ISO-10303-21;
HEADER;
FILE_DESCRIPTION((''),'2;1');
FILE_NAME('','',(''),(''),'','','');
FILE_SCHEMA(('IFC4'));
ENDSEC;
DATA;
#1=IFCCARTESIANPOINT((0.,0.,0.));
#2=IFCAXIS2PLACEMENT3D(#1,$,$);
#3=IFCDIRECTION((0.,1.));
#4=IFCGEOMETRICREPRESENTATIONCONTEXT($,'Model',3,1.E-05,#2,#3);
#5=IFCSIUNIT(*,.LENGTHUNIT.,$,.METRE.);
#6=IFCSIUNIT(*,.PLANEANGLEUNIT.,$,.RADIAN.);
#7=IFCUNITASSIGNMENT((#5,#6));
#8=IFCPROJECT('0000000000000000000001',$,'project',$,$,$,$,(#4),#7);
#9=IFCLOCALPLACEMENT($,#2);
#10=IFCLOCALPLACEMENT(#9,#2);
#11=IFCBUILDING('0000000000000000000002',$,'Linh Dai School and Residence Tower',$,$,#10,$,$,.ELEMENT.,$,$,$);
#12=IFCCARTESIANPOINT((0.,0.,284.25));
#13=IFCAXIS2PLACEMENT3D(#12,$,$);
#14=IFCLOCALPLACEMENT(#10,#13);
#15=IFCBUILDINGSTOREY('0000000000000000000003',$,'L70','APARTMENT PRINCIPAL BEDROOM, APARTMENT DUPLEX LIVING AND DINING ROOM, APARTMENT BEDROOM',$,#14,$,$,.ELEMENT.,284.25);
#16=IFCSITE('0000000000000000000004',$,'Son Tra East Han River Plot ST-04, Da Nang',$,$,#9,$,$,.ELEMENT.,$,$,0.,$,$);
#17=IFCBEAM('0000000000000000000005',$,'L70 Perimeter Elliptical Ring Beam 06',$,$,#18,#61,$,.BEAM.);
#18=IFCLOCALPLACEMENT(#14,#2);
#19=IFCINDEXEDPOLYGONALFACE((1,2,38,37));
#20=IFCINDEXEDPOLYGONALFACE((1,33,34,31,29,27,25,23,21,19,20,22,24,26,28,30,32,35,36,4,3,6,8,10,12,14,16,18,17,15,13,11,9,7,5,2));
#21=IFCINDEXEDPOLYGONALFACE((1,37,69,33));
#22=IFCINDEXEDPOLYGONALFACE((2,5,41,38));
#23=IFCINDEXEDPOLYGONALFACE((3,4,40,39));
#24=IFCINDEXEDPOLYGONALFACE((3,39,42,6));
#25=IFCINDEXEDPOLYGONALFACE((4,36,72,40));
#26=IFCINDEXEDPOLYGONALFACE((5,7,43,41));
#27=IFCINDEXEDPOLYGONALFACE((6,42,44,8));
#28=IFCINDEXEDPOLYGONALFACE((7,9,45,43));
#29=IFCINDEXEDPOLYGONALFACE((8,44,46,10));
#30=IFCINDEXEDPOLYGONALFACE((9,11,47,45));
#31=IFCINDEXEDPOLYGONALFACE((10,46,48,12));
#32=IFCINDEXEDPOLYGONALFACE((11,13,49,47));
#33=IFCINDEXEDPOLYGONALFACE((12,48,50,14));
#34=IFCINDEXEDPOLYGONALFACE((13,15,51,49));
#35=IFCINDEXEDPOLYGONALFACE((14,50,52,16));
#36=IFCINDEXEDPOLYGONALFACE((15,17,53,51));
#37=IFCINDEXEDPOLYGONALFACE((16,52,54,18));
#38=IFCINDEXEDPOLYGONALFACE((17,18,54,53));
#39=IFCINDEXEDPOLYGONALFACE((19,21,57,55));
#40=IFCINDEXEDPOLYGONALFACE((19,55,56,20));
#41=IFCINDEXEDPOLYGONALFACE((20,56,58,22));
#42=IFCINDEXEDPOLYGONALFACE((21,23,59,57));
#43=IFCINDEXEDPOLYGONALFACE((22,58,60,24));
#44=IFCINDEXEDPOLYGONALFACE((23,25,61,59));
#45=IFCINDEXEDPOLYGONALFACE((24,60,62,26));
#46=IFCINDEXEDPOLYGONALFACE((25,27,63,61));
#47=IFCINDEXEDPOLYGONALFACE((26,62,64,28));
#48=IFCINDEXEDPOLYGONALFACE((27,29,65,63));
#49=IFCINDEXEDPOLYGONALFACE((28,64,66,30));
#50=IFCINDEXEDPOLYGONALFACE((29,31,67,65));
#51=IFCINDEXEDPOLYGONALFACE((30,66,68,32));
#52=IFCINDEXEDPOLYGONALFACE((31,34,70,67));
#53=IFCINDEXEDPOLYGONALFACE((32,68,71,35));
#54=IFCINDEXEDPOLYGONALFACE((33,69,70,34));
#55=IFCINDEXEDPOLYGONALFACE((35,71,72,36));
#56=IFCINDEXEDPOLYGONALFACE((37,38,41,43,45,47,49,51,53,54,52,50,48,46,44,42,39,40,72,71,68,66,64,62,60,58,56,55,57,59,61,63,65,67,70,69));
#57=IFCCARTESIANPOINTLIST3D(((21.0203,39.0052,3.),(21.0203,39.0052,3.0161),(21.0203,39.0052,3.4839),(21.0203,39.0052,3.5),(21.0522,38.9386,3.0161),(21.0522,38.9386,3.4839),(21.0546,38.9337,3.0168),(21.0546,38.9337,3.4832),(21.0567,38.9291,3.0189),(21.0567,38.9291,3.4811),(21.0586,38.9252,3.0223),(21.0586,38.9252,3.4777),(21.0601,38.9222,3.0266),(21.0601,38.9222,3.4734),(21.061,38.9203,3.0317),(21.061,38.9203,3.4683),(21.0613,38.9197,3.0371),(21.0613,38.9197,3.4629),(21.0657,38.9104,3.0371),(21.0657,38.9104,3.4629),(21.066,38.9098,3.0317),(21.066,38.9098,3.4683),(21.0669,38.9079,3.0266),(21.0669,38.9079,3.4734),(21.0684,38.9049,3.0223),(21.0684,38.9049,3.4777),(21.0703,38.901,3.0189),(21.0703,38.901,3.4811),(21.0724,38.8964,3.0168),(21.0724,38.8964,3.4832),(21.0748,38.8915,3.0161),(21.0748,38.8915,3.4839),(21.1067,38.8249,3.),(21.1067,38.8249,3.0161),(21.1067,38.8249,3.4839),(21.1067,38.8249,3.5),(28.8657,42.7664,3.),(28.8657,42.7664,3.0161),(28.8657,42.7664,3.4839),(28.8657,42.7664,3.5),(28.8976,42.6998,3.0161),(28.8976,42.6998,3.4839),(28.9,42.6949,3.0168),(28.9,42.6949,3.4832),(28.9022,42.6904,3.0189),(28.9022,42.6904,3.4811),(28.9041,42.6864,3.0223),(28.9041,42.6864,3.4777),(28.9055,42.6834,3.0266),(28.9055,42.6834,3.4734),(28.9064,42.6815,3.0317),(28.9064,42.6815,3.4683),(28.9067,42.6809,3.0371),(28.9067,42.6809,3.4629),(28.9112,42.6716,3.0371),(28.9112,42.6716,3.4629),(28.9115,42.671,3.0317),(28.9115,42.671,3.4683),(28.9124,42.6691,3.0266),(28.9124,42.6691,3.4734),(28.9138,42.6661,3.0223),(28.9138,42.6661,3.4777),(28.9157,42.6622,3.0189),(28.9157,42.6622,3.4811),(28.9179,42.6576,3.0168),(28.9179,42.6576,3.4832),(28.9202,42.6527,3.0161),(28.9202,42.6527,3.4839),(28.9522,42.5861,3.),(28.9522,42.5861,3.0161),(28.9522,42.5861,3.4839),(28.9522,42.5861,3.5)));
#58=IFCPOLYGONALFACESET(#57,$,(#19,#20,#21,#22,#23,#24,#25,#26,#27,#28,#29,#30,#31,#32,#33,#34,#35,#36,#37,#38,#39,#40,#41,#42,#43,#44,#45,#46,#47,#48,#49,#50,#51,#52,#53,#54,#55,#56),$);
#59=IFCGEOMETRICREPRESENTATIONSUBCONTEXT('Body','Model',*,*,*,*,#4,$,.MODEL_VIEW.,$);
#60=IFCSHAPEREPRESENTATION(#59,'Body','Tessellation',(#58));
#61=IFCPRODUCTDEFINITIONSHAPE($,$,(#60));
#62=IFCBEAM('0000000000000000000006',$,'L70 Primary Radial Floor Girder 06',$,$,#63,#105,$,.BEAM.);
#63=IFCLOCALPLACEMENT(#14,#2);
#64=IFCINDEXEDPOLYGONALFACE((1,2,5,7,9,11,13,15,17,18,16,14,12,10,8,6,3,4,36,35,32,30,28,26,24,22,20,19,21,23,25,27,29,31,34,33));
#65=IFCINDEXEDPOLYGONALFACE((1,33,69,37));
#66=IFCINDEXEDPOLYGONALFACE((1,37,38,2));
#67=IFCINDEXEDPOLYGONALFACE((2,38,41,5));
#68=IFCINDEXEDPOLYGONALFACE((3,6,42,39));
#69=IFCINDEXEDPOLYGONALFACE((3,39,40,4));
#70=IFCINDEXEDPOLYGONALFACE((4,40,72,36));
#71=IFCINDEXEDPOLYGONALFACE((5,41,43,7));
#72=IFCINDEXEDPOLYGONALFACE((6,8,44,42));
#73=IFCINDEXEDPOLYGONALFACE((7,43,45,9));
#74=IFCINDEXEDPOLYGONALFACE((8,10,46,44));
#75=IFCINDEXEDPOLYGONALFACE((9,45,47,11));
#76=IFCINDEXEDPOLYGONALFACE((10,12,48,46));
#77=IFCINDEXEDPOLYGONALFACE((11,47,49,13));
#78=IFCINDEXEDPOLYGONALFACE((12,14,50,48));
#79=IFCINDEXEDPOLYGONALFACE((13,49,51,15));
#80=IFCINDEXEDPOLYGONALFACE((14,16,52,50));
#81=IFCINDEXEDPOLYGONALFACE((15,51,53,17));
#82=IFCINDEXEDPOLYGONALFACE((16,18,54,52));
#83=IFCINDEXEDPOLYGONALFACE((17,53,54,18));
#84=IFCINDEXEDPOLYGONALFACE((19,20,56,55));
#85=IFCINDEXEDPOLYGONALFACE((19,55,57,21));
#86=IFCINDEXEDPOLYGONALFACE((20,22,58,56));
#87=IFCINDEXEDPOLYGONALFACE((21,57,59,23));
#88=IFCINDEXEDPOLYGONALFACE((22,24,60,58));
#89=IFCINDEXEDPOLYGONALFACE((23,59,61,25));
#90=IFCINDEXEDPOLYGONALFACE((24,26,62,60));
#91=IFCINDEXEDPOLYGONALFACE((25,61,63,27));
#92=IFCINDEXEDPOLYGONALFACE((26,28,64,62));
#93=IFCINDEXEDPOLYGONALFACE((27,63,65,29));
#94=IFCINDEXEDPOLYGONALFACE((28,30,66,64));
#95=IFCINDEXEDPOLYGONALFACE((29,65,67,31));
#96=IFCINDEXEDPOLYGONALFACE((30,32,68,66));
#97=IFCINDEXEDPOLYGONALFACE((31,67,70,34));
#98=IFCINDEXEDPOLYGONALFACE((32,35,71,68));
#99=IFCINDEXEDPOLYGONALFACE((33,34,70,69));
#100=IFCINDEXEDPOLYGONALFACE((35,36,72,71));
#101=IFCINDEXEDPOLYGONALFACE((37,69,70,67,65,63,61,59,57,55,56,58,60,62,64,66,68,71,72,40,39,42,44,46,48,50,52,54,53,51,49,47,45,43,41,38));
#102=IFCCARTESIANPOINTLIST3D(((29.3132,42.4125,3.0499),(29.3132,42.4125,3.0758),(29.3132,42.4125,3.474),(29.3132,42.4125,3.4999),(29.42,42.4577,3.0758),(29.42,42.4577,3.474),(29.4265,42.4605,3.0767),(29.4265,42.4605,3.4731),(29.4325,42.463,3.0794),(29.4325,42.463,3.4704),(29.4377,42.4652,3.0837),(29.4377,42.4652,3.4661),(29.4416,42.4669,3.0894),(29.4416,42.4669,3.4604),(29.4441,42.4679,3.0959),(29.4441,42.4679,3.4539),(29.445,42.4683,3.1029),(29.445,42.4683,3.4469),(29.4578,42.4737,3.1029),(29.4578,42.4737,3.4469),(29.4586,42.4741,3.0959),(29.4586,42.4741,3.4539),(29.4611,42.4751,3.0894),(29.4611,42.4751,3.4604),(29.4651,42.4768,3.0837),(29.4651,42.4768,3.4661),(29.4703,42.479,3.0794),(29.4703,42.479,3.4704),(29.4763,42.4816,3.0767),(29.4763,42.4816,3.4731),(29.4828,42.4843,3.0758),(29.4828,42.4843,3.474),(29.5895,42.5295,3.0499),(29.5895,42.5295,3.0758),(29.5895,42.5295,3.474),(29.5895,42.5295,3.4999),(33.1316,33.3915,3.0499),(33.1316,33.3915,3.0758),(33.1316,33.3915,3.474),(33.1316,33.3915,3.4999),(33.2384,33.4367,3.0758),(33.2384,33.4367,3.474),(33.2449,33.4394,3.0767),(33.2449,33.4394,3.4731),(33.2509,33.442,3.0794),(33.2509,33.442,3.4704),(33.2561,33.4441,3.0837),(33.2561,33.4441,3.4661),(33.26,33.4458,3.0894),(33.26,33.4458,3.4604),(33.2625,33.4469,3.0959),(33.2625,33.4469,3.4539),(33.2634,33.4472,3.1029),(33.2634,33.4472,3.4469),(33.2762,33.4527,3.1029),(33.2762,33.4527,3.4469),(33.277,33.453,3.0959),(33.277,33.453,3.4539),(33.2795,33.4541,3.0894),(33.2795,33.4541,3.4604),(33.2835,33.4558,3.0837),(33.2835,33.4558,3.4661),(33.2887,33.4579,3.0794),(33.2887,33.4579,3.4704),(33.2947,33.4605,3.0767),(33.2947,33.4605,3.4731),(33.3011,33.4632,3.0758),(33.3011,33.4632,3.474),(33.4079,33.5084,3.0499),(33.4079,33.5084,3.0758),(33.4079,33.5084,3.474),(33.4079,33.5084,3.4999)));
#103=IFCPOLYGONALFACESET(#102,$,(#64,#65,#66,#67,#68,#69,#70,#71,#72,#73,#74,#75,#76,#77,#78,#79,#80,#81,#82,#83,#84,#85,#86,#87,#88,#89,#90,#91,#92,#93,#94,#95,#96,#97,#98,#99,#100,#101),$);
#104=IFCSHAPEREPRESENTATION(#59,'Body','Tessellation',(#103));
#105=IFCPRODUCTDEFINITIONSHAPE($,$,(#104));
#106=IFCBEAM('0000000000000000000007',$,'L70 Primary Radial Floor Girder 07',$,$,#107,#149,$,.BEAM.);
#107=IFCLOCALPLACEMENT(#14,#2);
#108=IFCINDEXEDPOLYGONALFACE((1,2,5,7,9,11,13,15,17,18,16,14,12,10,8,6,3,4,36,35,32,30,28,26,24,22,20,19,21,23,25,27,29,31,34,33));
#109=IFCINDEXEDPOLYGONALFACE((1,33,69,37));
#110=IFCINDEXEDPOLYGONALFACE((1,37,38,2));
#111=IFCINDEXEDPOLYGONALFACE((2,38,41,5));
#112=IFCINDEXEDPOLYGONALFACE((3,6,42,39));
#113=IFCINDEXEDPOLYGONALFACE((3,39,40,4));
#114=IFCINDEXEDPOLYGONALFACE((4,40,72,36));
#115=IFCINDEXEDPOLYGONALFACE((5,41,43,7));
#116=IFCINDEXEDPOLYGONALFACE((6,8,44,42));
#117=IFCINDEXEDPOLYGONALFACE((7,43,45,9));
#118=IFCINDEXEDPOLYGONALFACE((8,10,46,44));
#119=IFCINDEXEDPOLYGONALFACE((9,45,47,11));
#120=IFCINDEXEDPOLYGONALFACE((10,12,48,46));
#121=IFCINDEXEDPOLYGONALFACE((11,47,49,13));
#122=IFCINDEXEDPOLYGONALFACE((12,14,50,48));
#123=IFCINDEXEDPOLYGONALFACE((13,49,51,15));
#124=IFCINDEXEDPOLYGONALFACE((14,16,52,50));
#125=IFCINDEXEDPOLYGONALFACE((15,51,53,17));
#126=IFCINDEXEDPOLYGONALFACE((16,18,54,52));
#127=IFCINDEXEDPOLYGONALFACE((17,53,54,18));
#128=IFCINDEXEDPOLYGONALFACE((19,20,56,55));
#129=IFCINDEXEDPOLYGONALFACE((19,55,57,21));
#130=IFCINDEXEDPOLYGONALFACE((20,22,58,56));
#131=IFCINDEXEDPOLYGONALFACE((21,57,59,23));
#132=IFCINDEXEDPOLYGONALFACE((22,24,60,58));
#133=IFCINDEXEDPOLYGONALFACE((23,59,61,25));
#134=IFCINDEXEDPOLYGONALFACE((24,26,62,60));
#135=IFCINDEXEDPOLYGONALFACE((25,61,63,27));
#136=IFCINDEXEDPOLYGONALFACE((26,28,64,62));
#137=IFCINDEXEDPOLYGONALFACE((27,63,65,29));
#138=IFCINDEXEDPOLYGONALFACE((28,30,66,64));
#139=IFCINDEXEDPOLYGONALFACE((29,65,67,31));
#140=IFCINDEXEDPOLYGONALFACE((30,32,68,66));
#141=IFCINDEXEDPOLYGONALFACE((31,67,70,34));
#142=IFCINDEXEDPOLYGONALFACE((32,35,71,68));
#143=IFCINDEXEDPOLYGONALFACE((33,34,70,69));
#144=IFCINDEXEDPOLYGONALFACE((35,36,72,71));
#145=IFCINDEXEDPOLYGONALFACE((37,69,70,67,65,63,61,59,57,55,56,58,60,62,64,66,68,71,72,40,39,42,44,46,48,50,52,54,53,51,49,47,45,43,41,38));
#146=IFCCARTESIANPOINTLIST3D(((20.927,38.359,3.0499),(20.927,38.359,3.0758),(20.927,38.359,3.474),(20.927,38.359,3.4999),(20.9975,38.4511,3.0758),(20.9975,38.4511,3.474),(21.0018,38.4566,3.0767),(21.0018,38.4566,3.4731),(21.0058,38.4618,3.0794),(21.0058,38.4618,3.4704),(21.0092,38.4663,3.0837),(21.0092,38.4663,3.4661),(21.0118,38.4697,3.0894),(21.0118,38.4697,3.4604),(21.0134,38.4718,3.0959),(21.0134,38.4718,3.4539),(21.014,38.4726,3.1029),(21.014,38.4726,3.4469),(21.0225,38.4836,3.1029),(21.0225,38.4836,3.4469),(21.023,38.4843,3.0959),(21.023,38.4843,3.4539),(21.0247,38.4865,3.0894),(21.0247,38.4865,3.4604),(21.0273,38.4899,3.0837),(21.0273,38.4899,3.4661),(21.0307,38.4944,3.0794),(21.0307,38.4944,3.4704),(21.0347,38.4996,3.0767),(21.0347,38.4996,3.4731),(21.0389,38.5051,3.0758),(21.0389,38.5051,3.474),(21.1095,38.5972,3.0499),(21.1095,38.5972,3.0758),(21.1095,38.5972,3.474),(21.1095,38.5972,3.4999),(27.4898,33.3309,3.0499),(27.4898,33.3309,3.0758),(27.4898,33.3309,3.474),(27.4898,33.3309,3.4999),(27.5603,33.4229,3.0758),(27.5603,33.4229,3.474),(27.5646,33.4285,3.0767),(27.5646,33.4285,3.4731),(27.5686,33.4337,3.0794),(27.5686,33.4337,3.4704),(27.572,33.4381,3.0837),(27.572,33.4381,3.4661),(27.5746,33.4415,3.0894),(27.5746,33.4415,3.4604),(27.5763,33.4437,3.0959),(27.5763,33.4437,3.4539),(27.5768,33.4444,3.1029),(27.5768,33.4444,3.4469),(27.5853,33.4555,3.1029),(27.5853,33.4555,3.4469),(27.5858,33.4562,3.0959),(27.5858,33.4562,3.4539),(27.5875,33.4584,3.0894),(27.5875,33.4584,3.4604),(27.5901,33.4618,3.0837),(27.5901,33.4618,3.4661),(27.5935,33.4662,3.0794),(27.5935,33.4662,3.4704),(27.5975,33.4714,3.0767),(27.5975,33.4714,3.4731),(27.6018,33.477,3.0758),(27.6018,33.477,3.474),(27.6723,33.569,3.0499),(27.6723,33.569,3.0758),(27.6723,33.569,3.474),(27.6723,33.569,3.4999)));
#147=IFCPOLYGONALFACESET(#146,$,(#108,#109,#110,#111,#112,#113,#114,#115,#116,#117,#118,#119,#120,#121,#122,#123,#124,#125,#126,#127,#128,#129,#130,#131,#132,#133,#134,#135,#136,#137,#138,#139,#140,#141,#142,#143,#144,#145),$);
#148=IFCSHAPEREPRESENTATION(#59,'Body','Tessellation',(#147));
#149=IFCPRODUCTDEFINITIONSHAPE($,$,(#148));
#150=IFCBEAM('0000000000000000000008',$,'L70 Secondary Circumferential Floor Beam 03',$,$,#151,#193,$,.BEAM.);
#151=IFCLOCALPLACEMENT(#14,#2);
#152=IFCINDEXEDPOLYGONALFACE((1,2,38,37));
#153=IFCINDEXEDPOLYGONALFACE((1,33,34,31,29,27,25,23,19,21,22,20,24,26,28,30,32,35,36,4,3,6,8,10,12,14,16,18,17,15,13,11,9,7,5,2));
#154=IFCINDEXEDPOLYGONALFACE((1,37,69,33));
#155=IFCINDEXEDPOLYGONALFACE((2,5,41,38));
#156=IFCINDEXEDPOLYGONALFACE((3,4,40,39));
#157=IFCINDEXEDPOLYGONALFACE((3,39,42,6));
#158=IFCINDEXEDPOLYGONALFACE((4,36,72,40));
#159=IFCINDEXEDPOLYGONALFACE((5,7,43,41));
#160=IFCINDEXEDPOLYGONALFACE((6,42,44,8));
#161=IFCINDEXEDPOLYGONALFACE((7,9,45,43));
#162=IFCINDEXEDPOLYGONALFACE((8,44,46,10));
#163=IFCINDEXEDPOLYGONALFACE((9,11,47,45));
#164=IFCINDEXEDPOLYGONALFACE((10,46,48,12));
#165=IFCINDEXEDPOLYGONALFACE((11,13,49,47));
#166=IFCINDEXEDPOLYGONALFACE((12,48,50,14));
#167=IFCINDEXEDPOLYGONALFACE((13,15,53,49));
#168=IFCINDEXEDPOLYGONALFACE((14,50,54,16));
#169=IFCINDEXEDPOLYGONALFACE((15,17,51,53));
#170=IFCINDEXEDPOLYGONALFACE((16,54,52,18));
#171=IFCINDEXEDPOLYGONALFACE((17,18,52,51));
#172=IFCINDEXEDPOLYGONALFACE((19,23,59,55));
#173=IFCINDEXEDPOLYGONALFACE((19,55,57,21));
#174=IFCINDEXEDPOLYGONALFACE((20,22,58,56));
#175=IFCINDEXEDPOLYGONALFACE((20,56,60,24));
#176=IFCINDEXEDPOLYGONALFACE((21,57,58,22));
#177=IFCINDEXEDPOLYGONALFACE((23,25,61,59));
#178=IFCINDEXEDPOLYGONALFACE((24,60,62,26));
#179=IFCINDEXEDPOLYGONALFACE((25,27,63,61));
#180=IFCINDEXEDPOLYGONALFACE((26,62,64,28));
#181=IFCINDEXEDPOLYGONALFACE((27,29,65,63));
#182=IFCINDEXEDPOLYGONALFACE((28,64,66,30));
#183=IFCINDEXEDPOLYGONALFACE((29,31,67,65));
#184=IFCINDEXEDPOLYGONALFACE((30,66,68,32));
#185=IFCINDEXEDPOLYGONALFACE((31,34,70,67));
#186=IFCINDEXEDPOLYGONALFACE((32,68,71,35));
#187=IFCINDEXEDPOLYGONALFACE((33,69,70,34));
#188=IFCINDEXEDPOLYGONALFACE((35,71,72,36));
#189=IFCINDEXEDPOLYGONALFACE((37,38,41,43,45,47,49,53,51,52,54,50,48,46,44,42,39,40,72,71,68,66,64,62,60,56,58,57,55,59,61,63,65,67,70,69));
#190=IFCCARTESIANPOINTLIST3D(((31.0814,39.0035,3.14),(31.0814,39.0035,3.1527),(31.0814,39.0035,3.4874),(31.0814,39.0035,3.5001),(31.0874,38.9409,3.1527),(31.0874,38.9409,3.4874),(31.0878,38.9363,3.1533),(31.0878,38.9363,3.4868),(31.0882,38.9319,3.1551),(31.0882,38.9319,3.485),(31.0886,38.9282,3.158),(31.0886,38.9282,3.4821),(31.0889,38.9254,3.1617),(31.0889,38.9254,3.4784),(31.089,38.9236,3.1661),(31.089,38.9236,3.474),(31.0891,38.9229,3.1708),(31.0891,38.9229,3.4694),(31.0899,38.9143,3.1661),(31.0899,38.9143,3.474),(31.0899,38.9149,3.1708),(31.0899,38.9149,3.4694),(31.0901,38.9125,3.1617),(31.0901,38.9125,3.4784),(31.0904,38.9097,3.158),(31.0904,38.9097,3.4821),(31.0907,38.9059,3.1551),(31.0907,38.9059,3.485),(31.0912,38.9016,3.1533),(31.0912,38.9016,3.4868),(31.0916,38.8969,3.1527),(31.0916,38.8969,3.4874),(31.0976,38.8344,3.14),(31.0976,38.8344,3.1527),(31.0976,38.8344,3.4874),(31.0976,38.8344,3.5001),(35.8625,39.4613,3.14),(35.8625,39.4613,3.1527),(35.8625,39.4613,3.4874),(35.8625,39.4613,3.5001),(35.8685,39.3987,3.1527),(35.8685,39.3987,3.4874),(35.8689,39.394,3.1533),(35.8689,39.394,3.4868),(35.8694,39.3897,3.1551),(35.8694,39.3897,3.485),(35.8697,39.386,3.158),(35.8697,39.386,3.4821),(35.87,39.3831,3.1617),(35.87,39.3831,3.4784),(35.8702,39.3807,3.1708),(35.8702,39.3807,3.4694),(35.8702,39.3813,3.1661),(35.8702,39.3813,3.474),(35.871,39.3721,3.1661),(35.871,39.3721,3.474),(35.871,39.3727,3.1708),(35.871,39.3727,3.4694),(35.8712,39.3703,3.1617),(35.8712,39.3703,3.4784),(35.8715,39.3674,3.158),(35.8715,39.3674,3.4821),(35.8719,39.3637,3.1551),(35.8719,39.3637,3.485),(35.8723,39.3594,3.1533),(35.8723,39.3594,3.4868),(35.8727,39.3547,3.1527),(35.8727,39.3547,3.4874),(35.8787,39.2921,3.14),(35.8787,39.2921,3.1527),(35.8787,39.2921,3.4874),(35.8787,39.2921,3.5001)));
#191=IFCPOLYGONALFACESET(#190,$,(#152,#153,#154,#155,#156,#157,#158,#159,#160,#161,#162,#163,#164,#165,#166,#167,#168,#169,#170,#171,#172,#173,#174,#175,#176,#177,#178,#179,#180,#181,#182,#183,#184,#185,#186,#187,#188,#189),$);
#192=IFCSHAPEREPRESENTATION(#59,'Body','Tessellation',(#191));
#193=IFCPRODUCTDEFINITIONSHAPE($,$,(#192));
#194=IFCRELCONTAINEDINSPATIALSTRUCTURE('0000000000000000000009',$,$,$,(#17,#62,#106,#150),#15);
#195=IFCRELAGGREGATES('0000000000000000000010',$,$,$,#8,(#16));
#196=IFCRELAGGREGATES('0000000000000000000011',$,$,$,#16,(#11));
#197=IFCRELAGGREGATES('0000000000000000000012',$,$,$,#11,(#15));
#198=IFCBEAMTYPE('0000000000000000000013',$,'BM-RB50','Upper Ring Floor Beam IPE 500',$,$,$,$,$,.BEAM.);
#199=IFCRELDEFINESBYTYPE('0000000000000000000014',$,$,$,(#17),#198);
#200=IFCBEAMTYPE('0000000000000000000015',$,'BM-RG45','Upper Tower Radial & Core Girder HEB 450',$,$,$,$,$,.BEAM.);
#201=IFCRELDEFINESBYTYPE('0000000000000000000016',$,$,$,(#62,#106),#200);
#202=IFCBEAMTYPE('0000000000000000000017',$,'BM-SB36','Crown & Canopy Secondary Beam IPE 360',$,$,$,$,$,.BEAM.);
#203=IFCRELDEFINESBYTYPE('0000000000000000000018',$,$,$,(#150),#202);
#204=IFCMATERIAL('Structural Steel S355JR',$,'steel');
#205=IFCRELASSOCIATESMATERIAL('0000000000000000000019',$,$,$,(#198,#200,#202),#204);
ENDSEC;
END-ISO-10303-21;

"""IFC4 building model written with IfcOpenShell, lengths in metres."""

from ifc_helpers import new_model, si_unit, direction, frame, origin, origin_2d, place, context, subcontext, project, spatial, i_section, extrude, material, material_profile, profile_set, type_object, element, save


model = new_model("IFC4")

# Units and contexts
model_context = context("Model", 3, precision=1e-05, world=origin(), true_north=direction((0.0, 1.0)))
body_context = subcontext(model_context, "Body", "Model", "MODEL_VIEW")
ifc_project = project(units=[si_unit("LENGTHUNIT", "METRE"), si_unit("PLANEANGLEUNIT", "RADIAN")], contexts=[model_context])

# Site, building, storey
site_placement = place(None, origin())
site = spatial("IfcSite", under=ifc_project, at=site_placement, Name="Son Tra East Han River Plot ST-04, Da Nang", CompositionType="ELEMENT", RefElevation=0.0)
building_placement = place(site_placement, origin())
building = spatial("IfcBuilding", under=site, at=building_placement, Name="Linh Dai School and Residence Tower", CompositionType="ELEMENT")
storey_placement = place(building_placement, frame((0.0, 0.0, 284.25)))
storey = spatial("IfcBuildingStorey", under=building, at=storey_placement, Name="L70", Description="APARTMENT PRINCIPAL BEDROOM, APARTMENT DUPLEX LIVING AND DINING ROOM, APARTMENT BEDROOM", CompositionType="ELEMENT", Elevation=284.25)

# Shared definitions
ifc_material_1 = material(Name="Structural Steel S355JR", Category="steel")

# Beams
ifc_material_profile_1 = material_profile(ifc_material_1, i_section(OverallWidth=0.2, OverallDepth=0.5, WebThickness=0.0103, FlangeThickness=0.0161, FilletRadius=0.021, at=origin_2d()), Name="IPE 500")
ifc_profile_set_1 = profile_set([ifc_material_profile_1], Name="Structural Steel S355JR")
beam_type_1 = type_object("IfcBeamType", Name="BM-RB50", Description="Upper Ring Floor Beam IPE 500", PredefinedType="BEAM", material=ifc_profile_set_1)
beam_1_placement = place(storey_placement, frame((28.9089, 42.6763, 3.25), z_axis=(-0.901729, -0.432302, 0.0), x_axis=(0.432302, -0.901729, 0.0)))
element("IfcBeam", 1, at=beam_1_placement, inside=storey, type_object=beam_type_1, Name="L70 Perimeter Elliptical Ring Beam 06", PredefinedType="BEAM", context=body_context, shape_type="SweptSolid", body=[
    extrude(i_section(OverallWidth=0.2, OverallDepth=0.5, WebThickness=0.0103, FlangeThickness=0.0161, FilletRadius=0.021, at=origin_2d()), origin(), (0.0, 0.0, 1.0), 8.7004),
])
ifc_material_profile_2 = material_profile(ifc_material_1, i_section(OverallWidth=0.3, OverallDepth=0.45, WebThickness=0.0139, FlangeThickness=0.0259, FilletRadius=0.0271, at=origin_2d()), Name="HEB 450")
ifc_profile_set_2 = profile_set([ifc_material_profile_2], Name="Structural Steel S355JR")
beam_type_2 = type_object("IfcBeamType", Name="BM-RG45", Description="Upper Tower Radial & Core Girder HEB 450", PredefinedType="BEAM", material=ifc_profile_set_2)
beam_2_placement = place(storey_placement, frame((33.2698, 33.45, 3.2749), z_axis=(-0.389794, 0.920902, 0.0), x_axis=(-0.920902, -0.389794, 0.0)))
element("IfcBeam", 2, at=beam_2_placement, inside=storey, type_object=beam_type_2, Name="L70 Primary Radial Floor Girder 06", PredefinedType="BEAM", context=body_context, shape_type="SweptSolid", body=[
    extrude(i_section(OverallWidth=0.3, OverallDepth=0.45, WebThickness=0.0139, FlangeThickness=0.0259, FilletRadius=0.0271, at=origin_2d()), origin(), (0.0, 0.0, 1.0), 9.7959),
])
beam_3_placement = place(storey_placement, frame((27.5811, 33.45, 3.2749), z_axis=(-0.793803, 0.608175, 0.0), x_axis=(-0.608175, -0.793803, 0.0)))
element("IfcBeam", 3, at=beam_3_placement, inside=storey, type_object=beam_type_2, Name="L70 Primary Radial Floor Girder 07", PredefinedType="BEAM", context=body_context, shape_type="SweptSolid", body=[
    extrude(i_section(OverallWidth=0.3, OverallDepth=0.45, WebThickness=0.0139, FlangeThickness=0.0259, FilletRadius=0.0271, at=origin_2d()), origin(), (0.0, 0.0, 1.0), 8.2676),
])
ifc_material_profile_3 = material_profile(ifc_material_1, i_section(OverallWidth=0.1699, OverallDepth=0.3601, WebThickness=0.0081, FlangeThickness=0.0127, FilletRadius=0.0181, at=origin_2d()), Name="IPE 360")
ifc_profile_set_3 = profile_set([ifc_material_profile_3], Name="Structural Steel S355JR")
beam_type_3 = type_object("IfcBeamType", Name="BM-SB36", Description="Crown & Canopy Secondary Beam IPE 360", PredefinedType="BEAM", material=ifc_profile_set_3)
beam_4_placement = place(storey_placement, frame((35.8706, 39.3767, 3.3201), z_axis=(-0.995448, -0.09531, 0.0), x_axis=(0.09531, -0.995448, 0.0)))
element("IfcBeam", 4, at=beam_4_placement, inside=storey, type_object=beam_type_3, Name="L70 Secondary Circumferential Floor Beam 03", PredefinedType="BEAM", context=body_context, shape_type="SweptSolid", body=[
    extrude(i_section(OverallWidth=0.1699, OverallDepth=0.3601, WebThickness=0.0081, FlangeThickness=0.0127, FilletRadius=0.0181, at=origin_2d()), origin(), (0.0, 0.0, 1.0), 4.803),
])

save(model, "model.ifc")
